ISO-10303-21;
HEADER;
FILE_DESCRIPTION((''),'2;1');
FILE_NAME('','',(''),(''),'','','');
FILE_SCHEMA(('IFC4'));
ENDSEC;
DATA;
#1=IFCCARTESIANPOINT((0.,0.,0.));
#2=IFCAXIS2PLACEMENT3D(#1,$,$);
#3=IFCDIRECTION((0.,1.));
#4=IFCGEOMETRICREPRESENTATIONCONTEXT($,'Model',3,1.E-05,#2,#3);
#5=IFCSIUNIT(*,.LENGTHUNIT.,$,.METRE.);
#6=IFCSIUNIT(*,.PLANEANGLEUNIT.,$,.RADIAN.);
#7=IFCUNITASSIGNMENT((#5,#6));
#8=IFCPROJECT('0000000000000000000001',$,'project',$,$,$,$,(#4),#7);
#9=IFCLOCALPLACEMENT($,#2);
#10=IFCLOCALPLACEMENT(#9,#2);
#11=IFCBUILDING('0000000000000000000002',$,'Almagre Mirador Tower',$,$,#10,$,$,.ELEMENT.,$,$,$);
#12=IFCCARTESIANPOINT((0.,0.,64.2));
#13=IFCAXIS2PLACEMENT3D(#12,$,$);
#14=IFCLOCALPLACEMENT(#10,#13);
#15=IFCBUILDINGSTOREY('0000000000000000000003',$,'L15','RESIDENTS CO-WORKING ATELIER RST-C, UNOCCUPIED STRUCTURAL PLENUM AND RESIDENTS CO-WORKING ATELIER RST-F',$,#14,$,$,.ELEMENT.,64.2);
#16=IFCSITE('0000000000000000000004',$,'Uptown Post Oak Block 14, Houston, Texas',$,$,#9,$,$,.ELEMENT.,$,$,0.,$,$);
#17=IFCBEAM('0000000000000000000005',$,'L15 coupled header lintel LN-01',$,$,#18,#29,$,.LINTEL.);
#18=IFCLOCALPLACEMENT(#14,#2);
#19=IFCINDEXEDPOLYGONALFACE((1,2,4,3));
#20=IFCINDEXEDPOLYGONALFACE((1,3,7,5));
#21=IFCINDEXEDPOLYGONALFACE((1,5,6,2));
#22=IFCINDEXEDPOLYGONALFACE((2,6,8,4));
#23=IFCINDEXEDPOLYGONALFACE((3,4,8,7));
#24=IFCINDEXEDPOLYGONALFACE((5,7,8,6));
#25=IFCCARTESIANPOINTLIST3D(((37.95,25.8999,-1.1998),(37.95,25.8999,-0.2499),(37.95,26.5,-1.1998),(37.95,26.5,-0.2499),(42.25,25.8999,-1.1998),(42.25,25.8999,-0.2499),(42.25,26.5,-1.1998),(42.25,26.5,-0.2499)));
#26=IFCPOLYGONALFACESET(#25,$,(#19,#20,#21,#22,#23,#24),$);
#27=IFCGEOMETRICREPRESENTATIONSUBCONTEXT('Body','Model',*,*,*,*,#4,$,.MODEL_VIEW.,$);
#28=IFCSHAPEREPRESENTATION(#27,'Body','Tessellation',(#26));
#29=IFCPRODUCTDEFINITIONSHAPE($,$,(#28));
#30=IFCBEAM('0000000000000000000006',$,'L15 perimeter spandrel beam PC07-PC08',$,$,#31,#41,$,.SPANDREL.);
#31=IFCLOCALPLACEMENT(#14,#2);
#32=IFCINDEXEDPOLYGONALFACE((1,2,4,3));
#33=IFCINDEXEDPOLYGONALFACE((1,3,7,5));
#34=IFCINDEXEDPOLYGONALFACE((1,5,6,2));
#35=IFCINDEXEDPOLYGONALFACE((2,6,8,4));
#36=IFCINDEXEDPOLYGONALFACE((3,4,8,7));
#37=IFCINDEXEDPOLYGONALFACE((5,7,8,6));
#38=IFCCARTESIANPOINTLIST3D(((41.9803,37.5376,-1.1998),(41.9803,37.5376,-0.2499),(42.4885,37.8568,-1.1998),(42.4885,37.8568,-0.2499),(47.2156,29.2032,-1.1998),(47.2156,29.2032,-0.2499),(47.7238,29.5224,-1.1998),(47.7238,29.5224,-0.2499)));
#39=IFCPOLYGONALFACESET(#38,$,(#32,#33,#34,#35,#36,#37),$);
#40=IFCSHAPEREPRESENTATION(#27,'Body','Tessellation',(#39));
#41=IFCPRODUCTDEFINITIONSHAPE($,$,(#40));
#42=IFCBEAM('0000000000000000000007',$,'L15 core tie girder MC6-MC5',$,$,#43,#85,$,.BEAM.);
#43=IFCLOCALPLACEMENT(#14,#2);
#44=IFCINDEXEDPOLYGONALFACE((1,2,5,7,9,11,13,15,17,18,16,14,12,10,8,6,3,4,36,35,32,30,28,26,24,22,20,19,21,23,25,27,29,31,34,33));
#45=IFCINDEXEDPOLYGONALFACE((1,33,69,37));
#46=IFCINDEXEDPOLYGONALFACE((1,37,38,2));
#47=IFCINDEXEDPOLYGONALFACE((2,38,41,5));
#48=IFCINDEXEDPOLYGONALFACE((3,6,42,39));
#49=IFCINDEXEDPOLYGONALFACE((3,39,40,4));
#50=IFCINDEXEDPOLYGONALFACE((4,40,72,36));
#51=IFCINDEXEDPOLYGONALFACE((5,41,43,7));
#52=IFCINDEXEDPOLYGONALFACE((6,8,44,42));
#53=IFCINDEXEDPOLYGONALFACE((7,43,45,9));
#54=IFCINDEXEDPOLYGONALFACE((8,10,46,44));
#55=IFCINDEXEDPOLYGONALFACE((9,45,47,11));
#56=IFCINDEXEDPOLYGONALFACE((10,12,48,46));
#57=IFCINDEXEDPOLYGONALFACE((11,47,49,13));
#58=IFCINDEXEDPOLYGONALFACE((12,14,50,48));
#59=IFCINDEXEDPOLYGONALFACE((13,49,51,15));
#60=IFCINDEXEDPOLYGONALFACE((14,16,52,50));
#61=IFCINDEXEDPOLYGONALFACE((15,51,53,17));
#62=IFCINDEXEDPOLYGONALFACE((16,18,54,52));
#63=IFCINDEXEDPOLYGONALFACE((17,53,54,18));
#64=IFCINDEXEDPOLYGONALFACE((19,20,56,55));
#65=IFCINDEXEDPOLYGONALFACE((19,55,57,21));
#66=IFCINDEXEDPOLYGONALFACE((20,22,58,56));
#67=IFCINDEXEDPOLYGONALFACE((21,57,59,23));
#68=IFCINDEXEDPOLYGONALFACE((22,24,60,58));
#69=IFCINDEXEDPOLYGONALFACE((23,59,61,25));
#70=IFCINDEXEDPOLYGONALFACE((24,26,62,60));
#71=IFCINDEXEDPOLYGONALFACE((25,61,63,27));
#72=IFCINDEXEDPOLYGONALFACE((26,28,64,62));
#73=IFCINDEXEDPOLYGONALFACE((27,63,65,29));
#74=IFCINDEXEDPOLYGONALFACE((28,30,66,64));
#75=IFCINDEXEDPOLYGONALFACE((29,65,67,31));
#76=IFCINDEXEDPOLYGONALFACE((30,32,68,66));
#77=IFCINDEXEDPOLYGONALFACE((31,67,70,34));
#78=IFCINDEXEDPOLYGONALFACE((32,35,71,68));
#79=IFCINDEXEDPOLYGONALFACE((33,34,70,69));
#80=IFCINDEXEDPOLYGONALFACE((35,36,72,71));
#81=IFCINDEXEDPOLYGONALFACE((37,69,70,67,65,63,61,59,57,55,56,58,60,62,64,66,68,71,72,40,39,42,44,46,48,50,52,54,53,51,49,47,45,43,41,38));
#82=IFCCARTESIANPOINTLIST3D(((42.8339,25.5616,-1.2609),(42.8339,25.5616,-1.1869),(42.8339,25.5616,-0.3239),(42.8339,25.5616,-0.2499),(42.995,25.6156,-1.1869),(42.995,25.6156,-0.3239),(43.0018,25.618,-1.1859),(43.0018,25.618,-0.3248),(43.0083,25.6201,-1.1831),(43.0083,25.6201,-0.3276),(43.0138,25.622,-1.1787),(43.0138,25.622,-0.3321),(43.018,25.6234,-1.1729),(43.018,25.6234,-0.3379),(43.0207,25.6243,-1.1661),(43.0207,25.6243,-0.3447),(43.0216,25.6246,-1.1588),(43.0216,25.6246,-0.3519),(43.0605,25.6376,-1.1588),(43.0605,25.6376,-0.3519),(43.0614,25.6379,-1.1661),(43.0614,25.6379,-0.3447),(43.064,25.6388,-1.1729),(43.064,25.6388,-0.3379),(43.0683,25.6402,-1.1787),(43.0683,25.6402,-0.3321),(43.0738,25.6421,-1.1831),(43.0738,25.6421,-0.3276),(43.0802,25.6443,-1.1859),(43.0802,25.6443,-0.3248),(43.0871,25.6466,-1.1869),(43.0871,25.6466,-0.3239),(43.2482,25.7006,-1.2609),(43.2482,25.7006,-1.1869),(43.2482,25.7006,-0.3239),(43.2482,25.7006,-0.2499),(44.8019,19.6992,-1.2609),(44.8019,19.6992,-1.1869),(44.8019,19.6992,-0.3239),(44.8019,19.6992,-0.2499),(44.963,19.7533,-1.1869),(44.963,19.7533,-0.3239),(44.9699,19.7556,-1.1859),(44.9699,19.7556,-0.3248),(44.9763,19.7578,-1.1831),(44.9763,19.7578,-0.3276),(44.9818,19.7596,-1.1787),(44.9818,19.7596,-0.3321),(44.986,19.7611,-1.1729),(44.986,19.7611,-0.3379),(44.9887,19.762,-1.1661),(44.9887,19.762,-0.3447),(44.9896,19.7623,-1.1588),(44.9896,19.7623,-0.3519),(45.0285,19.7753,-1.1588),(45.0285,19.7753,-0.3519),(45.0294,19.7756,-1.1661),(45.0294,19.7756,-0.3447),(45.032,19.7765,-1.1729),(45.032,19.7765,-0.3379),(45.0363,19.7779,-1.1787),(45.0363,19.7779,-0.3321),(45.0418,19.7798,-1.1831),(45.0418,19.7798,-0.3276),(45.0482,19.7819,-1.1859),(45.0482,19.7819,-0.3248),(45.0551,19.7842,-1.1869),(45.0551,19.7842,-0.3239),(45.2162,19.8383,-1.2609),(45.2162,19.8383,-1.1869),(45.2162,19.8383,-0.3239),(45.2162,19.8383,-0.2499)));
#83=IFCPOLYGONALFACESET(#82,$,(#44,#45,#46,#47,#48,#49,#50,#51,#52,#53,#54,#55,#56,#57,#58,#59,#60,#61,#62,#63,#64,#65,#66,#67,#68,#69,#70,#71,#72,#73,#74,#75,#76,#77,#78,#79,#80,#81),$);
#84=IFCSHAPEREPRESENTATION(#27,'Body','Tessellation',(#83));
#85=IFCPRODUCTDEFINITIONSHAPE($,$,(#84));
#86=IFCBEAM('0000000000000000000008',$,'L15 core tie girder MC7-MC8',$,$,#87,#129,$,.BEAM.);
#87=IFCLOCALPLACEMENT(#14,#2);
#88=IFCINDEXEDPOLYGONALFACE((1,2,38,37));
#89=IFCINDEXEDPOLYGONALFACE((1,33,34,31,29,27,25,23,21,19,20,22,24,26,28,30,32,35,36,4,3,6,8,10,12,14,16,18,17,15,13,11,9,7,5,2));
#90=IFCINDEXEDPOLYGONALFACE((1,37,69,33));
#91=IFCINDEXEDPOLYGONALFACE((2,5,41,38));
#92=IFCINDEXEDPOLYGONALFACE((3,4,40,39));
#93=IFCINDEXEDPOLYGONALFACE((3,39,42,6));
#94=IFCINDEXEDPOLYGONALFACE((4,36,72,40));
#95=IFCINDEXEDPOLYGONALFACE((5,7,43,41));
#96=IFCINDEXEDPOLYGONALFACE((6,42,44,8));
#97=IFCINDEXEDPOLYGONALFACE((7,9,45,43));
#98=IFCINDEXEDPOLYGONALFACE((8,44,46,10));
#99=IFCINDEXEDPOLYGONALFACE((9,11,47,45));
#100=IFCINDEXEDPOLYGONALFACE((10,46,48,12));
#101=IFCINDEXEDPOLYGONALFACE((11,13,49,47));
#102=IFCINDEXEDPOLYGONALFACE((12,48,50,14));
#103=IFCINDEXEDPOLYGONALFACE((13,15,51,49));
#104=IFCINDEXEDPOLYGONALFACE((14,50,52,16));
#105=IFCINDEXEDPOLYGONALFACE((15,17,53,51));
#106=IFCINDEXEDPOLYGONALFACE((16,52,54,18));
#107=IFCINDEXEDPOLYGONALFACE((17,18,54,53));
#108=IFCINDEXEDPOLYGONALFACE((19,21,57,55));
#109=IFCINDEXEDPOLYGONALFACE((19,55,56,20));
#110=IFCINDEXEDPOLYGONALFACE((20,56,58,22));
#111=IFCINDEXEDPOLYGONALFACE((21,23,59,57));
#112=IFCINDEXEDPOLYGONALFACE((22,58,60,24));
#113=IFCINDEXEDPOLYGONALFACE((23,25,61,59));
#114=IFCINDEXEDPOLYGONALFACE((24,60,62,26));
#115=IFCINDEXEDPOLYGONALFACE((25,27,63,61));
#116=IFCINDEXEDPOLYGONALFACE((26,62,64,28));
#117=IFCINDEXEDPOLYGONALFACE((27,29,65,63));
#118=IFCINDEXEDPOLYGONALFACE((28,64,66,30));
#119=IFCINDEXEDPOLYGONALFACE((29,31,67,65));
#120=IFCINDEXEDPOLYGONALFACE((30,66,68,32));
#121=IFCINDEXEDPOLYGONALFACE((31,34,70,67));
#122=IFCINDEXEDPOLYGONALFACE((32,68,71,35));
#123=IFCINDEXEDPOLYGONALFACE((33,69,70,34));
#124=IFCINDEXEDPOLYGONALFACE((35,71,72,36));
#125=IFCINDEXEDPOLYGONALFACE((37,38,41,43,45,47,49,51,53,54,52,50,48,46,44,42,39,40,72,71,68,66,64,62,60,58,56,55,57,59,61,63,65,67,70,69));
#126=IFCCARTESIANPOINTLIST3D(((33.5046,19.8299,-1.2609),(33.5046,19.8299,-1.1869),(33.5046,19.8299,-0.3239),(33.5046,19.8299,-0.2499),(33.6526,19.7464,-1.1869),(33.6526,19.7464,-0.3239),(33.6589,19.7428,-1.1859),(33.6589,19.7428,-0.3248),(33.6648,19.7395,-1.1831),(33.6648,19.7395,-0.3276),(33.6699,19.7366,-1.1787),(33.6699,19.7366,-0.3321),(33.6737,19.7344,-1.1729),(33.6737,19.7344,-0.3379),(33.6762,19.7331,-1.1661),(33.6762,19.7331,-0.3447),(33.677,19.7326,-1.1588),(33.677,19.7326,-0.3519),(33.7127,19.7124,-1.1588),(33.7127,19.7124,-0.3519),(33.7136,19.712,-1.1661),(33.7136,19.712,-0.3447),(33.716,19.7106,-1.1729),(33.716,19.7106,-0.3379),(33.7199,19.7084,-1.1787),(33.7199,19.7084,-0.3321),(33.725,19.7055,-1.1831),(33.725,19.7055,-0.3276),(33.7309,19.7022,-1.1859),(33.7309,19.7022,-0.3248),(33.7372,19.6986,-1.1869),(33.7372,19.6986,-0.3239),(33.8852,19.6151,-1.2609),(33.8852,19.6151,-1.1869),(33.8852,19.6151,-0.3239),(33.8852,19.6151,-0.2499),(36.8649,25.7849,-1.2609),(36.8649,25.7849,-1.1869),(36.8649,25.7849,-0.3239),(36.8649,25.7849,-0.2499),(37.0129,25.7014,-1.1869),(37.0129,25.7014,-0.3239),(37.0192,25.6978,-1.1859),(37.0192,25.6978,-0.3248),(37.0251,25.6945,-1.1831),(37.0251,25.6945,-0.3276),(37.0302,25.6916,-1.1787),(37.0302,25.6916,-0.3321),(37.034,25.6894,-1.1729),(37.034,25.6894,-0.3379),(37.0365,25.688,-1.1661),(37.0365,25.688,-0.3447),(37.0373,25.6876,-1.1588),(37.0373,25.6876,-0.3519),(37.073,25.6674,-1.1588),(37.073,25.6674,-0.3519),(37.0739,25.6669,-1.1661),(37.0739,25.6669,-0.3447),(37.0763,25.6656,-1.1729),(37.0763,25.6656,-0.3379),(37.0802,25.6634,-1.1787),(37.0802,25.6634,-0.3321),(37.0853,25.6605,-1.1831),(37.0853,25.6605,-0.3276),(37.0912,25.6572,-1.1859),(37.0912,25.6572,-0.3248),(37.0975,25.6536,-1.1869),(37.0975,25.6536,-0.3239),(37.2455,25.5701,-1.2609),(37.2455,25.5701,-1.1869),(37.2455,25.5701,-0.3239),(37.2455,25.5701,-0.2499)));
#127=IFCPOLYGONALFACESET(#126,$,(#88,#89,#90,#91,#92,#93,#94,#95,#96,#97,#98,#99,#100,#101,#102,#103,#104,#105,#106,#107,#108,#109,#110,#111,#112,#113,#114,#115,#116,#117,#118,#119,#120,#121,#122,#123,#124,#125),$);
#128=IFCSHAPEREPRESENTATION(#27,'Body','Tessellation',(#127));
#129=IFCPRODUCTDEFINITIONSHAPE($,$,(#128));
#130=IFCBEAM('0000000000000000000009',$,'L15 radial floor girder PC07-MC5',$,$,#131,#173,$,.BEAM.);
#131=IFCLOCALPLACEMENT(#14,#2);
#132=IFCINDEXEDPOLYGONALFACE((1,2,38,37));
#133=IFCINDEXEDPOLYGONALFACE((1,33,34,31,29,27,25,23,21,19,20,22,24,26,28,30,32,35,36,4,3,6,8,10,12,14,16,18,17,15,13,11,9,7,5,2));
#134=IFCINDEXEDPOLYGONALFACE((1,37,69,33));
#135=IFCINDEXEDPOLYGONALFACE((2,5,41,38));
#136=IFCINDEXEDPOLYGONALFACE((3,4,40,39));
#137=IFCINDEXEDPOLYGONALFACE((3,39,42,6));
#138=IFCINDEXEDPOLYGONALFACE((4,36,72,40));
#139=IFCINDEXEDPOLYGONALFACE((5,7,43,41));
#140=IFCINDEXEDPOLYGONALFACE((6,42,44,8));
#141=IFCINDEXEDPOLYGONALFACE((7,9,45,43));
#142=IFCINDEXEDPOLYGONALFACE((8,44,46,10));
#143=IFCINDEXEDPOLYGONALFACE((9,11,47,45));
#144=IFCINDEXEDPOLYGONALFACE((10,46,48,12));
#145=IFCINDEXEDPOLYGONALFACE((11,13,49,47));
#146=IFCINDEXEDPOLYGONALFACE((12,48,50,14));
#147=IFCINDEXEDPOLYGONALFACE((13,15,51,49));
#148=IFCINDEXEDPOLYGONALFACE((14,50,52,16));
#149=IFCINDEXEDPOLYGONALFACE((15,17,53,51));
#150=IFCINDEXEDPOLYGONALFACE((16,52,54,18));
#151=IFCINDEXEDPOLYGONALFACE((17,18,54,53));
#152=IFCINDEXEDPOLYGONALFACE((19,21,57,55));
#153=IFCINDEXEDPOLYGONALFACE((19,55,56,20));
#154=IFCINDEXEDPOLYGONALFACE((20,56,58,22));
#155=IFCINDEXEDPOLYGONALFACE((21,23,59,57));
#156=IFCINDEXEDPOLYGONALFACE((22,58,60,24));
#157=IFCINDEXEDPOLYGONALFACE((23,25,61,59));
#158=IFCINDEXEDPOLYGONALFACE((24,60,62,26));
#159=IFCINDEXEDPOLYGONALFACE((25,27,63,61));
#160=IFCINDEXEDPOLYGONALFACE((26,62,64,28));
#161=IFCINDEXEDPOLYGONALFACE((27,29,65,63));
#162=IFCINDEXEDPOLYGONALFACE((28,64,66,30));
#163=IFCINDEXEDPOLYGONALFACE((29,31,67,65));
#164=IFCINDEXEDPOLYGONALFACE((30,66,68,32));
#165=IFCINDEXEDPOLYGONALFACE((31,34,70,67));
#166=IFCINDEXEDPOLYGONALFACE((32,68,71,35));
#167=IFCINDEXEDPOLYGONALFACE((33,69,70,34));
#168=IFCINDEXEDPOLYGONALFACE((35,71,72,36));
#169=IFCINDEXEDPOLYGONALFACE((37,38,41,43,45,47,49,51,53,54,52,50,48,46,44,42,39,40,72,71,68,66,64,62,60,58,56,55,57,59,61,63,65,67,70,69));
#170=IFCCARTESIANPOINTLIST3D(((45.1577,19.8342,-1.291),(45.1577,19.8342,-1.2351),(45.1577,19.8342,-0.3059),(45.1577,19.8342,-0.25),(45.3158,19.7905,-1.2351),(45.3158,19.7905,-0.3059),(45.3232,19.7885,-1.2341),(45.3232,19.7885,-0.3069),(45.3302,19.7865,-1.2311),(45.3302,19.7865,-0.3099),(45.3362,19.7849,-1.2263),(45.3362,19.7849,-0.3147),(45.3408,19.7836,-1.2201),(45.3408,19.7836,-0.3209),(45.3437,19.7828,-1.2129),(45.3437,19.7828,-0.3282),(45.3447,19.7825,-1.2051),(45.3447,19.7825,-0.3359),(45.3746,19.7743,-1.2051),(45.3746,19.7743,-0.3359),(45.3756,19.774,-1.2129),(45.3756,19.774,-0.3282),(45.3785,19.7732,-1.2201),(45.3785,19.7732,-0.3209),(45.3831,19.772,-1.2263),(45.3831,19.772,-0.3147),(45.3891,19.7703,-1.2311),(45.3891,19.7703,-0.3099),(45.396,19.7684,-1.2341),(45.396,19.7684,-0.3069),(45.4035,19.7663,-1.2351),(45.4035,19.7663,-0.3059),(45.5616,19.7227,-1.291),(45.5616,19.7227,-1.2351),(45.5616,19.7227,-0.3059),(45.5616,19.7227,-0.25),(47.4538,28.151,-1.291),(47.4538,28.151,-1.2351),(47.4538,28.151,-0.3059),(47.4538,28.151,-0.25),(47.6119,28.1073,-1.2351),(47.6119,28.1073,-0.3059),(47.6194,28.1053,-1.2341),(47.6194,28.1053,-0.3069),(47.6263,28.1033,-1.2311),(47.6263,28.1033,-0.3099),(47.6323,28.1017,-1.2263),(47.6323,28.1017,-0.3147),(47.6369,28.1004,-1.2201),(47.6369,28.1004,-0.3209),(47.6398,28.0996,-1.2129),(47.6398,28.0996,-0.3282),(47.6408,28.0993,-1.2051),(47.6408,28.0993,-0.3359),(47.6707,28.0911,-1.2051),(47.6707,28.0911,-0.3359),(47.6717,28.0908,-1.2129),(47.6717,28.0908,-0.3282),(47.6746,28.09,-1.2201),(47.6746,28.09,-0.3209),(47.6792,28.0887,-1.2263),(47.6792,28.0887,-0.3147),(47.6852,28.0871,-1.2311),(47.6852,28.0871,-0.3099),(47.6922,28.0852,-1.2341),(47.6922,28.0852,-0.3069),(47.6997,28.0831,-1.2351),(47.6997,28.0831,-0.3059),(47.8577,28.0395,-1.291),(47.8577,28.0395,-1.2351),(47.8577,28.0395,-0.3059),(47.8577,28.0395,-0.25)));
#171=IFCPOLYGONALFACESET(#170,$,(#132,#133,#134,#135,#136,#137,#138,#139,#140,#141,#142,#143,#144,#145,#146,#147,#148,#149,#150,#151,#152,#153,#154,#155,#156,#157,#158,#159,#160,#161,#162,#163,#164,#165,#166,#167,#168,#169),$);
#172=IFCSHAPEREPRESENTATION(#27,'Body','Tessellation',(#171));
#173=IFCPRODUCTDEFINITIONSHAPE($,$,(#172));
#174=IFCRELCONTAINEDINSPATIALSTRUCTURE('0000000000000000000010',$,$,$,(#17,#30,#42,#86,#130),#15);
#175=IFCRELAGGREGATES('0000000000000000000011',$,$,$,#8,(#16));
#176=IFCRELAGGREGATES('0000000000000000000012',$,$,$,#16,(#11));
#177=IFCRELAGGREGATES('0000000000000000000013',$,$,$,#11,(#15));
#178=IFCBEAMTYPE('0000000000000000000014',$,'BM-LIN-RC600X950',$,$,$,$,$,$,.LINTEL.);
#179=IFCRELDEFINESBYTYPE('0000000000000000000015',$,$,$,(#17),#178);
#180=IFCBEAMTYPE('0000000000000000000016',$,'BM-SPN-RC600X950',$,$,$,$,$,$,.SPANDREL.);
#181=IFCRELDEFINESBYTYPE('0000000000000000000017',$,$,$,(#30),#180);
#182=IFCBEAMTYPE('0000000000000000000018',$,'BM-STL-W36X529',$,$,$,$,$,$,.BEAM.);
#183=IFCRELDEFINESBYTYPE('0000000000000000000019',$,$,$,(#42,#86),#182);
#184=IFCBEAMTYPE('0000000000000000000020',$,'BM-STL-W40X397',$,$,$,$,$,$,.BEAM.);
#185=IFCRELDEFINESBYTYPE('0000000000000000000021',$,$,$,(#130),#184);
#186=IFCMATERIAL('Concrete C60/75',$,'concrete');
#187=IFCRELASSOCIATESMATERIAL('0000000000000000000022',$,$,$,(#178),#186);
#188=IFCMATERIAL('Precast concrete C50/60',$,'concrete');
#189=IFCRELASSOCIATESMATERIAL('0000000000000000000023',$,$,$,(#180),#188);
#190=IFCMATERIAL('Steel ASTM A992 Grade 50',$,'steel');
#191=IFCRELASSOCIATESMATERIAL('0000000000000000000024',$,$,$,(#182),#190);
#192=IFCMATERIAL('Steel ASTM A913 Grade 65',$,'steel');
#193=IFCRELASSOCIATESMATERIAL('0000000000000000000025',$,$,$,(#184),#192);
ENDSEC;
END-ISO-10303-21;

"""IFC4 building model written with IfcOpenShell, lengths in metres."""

from ifc_helpers import new_model, si_unit, direction, frame, origin, origin_2d, place, context, subcontext, project, spatial, rectangle, i_section, extrude, material, material_profile, profile_set, type_object, element, save


model = new_model("IFC4")

# Units and contexts
model_context = context("Model", 3, precision=1e-05, world=origin(), true_north=direction((0.0, 1.0)))
body_context = subcontext(model_context, "Body", "Model", "MODEL_VIEW")
ifc_project = project(units=[si_unit("LENGTHUNIT", "METRE"), si_unit("PLANEANGLEUNIT", "RADIAN")], contexts=[model_context])

# Site, building, storey
site_placement = place(None, origin())
site = spatial("IfcSite", under=ifc_project, at=site_placement, Name="Uptown Post Oak Block 14, Houston, Texas", CompositionType="ELEMENT", RefElevation=0.0)
building_placement = place(site_placement, origin())
building = spatial("IfcBuilding", under=site, at=building_placement, Name="Almagre Mirador Tower", CompositionType="ELEMENT")
storey_placement = place(building_placement, frame((0.0, 0.0, 64.2)))
storey = spatial("IfcBuildingStorey", under=building, at=storey_placement, Name="L15", Description="RESIDENTS CO-WORKING ATELIER RST-C, UNOCCUPIED STRUCTURAL PLENUM AND RESIDENTS CO-WORKING ATELIER RST-F", CompositionType="ELEMENT", Elevation=64.2)

# Beams
ifc_material_1 = material(Name="Concrete C60/75", Category="concrete")
ifc_material_profile_1 = material_profile(ifc_material_1, rectangle(XDim=0.6001, YDim=0.95, at=origin_2d()), Name="RC600X950")
ifc_profile_set_1 = profile_set([ifc_material_profile_1], Name="Concrete C60/75")
beam_type_1 = type_object("IfcBeamType", Name="BM-LIN-RC600X950", PredefinedType="LINTEL", material=ifc_profile_set_1)
beam_1_placement = place(storey_placement, frame((37.95, 26.2, -0.7249), z_axis=(1.0, 0.0, 0.0), x_axis=(0.0, 1.0, 0.0)))
element("IfcBeam", 1, at=beam_1_placement, inside=storey, type_object=beam_type_1, Name="L15 coupled header lintel LN-01", PredefinedType="LINTEL", context=body_context, shape_type="SweptSolid", body=[
    extrude(rectangle(XDim=0.6001, YDim=0.95, at=origin_2d()), origin(), (0.0, 0.0, 1.0), 4.3),
])
ifc_material_2 = material(Name="Precast concrete C50/60", Category="concrete")
ifc_material_profile_2 = material_profile(ifc_material_2, rectangle(XDim=0.6001, YDim=0.95, at=origin_2d()), Name="RC600X950")
ifc_profile_set_2 = profile_set([ifc_material_profile_2], Name="Precast concrete C50/60")
beam_type_2 = type_object("IfcBeamType", Name="BM-SPN-RC600X950", PredefinedType="SPANDREL", material=ifc_profile_set_2)
beam_2_placement = place(storey_placement, frame((47.4697, 29.3628, -0.7249), z_axis=(-0.53192, 0.846795, 0.0), x_axis=(-0.846795, -0.53192, 0.0)))
element("IfcBeam", 2, at=beam_2_placement, inside=storey, type_object=beam_type_2, Name="L15 perimeter spandrel beam PC07-PC08", PredefinedType="SPANDREL", context=body_context, shape_type="SweptSolid", body=[
    extrude(rectangle(XDim=0.6001, YDim=0.95, at=origin_2d()), origin(), (0.0, 0.0, 1.0), 9.8423),
])
ifc_material_3 = material(Name="Steel ASTM A992 Grade 50", Category="steel")
ifc_material_profile_3 = material_profile(ifc_material_3, i_section(OverallWidth=0.437, OverallDepth=1.011, WebThickness=0.041, FlangeThickness=0.074, FilletRadius=0.0281, at=origin_2d()), Name="W36X529")
ifc_profile_set_3 = profile_set([ifc_material_profile_3], Name="Steel ASTM A992 Grade 50")
beam_type_3 = type_object("IfcBeamType", Name="BM-STL-W36X529", PredefinedType="BEAM", material=ifc_profile_set_3)
beam_3_placement = place(storey_placement, frame((43.041, 25.6311, -0.7554), z_axis=(0.318252, -0.948006, 0.0), x_axis=(0.948006, 0.318252, 0.0)))
element("IfcBeam", 3, at=beam_3_placement, inside=storey, type_object=beam_type_3, Name="L15 core tie girder MC6-MC5", PredefinedType="BEAM", context=body_context, shape_type="SweptSolid", body=[
    extrude(i_section(OverallWidth=0.437, OverallDepth=1.011, WebThickness=0.041, FlangeThickness=0.074, FilletRadius=0.0281, at=origin_2d()), origin(), (0.0, 0.0, 1.0), 6.1838),
])
beam_4_placement = place(storey_placement, frame((37.0552, 25.6775, -0.7554), z_axis=(-0.491441, -0.870911, 0.0), x_axis=(0.870911, -0.491441, 0.0)))
element("IfcBeam", 4, at=beam_4_placement, inside=storey, type_object=beam_type_3, Name="L15 core tie girder MC7-MC8", PredefinedType="BEAM", context=body_context, shape_type="SweptSolid", body=[
    extrude(i_section(OverallWidth=0.437, OverallDepth=1.011, WebThickness=0.041, FlangeThickness=0.074, FilletRadius=0.0281, at=origin_2d()), origin(), (0.0, 0.0, 1.0), 6.8376),
])
ifc_material_4 = material(Name="Steel ASTM A913 Grade 65", Category="steel")
ifc_material_profile_4 = material_profile(ifc_material_4, i_section(OverallWidth=0.4189, OverallDepth=1.041, WebThickness=0.031, FlangeThickness=0.0559, FilletRadius=0.03, at=origin_2d()), Name="W40X397")
ifc_profile_set_4 = profile_set([ifc_material_profile_4], Name="Steel ASTM A913 Grade 65")
beam_type_4 = type_object("IfcBeamType", Name="BM-STL-W40X397", PredefinedType="BEAM", material=ifc_profile_set_4)
beam_5_placement = place(storey_placement, frame((47.6558, 28.0952, -0.7705), z_axis=(-0.266126, -0.963938, 0.0), x_axis=(0.963938, -0.266126, 0.0)))
element("IfcBeam", 5, at=beam_5_placement, inside=storey, type_object=beam_type_4, Name="L15 radial floor girder PC07-MC5", PredefinedType="BEAM", context=body_context, shape_type="SweptSolid", body=[
    extrude(i_section(OverallWidth=0.4189, OverallDepth=1.041, WebThickness=0.031, FlangeThickness=0.0559, FilletRadius=0.03, at=origin_2d()), origin(), (0.0, 0.0, 1.0), 8.6279),
])

save(model, "model.ifc")
